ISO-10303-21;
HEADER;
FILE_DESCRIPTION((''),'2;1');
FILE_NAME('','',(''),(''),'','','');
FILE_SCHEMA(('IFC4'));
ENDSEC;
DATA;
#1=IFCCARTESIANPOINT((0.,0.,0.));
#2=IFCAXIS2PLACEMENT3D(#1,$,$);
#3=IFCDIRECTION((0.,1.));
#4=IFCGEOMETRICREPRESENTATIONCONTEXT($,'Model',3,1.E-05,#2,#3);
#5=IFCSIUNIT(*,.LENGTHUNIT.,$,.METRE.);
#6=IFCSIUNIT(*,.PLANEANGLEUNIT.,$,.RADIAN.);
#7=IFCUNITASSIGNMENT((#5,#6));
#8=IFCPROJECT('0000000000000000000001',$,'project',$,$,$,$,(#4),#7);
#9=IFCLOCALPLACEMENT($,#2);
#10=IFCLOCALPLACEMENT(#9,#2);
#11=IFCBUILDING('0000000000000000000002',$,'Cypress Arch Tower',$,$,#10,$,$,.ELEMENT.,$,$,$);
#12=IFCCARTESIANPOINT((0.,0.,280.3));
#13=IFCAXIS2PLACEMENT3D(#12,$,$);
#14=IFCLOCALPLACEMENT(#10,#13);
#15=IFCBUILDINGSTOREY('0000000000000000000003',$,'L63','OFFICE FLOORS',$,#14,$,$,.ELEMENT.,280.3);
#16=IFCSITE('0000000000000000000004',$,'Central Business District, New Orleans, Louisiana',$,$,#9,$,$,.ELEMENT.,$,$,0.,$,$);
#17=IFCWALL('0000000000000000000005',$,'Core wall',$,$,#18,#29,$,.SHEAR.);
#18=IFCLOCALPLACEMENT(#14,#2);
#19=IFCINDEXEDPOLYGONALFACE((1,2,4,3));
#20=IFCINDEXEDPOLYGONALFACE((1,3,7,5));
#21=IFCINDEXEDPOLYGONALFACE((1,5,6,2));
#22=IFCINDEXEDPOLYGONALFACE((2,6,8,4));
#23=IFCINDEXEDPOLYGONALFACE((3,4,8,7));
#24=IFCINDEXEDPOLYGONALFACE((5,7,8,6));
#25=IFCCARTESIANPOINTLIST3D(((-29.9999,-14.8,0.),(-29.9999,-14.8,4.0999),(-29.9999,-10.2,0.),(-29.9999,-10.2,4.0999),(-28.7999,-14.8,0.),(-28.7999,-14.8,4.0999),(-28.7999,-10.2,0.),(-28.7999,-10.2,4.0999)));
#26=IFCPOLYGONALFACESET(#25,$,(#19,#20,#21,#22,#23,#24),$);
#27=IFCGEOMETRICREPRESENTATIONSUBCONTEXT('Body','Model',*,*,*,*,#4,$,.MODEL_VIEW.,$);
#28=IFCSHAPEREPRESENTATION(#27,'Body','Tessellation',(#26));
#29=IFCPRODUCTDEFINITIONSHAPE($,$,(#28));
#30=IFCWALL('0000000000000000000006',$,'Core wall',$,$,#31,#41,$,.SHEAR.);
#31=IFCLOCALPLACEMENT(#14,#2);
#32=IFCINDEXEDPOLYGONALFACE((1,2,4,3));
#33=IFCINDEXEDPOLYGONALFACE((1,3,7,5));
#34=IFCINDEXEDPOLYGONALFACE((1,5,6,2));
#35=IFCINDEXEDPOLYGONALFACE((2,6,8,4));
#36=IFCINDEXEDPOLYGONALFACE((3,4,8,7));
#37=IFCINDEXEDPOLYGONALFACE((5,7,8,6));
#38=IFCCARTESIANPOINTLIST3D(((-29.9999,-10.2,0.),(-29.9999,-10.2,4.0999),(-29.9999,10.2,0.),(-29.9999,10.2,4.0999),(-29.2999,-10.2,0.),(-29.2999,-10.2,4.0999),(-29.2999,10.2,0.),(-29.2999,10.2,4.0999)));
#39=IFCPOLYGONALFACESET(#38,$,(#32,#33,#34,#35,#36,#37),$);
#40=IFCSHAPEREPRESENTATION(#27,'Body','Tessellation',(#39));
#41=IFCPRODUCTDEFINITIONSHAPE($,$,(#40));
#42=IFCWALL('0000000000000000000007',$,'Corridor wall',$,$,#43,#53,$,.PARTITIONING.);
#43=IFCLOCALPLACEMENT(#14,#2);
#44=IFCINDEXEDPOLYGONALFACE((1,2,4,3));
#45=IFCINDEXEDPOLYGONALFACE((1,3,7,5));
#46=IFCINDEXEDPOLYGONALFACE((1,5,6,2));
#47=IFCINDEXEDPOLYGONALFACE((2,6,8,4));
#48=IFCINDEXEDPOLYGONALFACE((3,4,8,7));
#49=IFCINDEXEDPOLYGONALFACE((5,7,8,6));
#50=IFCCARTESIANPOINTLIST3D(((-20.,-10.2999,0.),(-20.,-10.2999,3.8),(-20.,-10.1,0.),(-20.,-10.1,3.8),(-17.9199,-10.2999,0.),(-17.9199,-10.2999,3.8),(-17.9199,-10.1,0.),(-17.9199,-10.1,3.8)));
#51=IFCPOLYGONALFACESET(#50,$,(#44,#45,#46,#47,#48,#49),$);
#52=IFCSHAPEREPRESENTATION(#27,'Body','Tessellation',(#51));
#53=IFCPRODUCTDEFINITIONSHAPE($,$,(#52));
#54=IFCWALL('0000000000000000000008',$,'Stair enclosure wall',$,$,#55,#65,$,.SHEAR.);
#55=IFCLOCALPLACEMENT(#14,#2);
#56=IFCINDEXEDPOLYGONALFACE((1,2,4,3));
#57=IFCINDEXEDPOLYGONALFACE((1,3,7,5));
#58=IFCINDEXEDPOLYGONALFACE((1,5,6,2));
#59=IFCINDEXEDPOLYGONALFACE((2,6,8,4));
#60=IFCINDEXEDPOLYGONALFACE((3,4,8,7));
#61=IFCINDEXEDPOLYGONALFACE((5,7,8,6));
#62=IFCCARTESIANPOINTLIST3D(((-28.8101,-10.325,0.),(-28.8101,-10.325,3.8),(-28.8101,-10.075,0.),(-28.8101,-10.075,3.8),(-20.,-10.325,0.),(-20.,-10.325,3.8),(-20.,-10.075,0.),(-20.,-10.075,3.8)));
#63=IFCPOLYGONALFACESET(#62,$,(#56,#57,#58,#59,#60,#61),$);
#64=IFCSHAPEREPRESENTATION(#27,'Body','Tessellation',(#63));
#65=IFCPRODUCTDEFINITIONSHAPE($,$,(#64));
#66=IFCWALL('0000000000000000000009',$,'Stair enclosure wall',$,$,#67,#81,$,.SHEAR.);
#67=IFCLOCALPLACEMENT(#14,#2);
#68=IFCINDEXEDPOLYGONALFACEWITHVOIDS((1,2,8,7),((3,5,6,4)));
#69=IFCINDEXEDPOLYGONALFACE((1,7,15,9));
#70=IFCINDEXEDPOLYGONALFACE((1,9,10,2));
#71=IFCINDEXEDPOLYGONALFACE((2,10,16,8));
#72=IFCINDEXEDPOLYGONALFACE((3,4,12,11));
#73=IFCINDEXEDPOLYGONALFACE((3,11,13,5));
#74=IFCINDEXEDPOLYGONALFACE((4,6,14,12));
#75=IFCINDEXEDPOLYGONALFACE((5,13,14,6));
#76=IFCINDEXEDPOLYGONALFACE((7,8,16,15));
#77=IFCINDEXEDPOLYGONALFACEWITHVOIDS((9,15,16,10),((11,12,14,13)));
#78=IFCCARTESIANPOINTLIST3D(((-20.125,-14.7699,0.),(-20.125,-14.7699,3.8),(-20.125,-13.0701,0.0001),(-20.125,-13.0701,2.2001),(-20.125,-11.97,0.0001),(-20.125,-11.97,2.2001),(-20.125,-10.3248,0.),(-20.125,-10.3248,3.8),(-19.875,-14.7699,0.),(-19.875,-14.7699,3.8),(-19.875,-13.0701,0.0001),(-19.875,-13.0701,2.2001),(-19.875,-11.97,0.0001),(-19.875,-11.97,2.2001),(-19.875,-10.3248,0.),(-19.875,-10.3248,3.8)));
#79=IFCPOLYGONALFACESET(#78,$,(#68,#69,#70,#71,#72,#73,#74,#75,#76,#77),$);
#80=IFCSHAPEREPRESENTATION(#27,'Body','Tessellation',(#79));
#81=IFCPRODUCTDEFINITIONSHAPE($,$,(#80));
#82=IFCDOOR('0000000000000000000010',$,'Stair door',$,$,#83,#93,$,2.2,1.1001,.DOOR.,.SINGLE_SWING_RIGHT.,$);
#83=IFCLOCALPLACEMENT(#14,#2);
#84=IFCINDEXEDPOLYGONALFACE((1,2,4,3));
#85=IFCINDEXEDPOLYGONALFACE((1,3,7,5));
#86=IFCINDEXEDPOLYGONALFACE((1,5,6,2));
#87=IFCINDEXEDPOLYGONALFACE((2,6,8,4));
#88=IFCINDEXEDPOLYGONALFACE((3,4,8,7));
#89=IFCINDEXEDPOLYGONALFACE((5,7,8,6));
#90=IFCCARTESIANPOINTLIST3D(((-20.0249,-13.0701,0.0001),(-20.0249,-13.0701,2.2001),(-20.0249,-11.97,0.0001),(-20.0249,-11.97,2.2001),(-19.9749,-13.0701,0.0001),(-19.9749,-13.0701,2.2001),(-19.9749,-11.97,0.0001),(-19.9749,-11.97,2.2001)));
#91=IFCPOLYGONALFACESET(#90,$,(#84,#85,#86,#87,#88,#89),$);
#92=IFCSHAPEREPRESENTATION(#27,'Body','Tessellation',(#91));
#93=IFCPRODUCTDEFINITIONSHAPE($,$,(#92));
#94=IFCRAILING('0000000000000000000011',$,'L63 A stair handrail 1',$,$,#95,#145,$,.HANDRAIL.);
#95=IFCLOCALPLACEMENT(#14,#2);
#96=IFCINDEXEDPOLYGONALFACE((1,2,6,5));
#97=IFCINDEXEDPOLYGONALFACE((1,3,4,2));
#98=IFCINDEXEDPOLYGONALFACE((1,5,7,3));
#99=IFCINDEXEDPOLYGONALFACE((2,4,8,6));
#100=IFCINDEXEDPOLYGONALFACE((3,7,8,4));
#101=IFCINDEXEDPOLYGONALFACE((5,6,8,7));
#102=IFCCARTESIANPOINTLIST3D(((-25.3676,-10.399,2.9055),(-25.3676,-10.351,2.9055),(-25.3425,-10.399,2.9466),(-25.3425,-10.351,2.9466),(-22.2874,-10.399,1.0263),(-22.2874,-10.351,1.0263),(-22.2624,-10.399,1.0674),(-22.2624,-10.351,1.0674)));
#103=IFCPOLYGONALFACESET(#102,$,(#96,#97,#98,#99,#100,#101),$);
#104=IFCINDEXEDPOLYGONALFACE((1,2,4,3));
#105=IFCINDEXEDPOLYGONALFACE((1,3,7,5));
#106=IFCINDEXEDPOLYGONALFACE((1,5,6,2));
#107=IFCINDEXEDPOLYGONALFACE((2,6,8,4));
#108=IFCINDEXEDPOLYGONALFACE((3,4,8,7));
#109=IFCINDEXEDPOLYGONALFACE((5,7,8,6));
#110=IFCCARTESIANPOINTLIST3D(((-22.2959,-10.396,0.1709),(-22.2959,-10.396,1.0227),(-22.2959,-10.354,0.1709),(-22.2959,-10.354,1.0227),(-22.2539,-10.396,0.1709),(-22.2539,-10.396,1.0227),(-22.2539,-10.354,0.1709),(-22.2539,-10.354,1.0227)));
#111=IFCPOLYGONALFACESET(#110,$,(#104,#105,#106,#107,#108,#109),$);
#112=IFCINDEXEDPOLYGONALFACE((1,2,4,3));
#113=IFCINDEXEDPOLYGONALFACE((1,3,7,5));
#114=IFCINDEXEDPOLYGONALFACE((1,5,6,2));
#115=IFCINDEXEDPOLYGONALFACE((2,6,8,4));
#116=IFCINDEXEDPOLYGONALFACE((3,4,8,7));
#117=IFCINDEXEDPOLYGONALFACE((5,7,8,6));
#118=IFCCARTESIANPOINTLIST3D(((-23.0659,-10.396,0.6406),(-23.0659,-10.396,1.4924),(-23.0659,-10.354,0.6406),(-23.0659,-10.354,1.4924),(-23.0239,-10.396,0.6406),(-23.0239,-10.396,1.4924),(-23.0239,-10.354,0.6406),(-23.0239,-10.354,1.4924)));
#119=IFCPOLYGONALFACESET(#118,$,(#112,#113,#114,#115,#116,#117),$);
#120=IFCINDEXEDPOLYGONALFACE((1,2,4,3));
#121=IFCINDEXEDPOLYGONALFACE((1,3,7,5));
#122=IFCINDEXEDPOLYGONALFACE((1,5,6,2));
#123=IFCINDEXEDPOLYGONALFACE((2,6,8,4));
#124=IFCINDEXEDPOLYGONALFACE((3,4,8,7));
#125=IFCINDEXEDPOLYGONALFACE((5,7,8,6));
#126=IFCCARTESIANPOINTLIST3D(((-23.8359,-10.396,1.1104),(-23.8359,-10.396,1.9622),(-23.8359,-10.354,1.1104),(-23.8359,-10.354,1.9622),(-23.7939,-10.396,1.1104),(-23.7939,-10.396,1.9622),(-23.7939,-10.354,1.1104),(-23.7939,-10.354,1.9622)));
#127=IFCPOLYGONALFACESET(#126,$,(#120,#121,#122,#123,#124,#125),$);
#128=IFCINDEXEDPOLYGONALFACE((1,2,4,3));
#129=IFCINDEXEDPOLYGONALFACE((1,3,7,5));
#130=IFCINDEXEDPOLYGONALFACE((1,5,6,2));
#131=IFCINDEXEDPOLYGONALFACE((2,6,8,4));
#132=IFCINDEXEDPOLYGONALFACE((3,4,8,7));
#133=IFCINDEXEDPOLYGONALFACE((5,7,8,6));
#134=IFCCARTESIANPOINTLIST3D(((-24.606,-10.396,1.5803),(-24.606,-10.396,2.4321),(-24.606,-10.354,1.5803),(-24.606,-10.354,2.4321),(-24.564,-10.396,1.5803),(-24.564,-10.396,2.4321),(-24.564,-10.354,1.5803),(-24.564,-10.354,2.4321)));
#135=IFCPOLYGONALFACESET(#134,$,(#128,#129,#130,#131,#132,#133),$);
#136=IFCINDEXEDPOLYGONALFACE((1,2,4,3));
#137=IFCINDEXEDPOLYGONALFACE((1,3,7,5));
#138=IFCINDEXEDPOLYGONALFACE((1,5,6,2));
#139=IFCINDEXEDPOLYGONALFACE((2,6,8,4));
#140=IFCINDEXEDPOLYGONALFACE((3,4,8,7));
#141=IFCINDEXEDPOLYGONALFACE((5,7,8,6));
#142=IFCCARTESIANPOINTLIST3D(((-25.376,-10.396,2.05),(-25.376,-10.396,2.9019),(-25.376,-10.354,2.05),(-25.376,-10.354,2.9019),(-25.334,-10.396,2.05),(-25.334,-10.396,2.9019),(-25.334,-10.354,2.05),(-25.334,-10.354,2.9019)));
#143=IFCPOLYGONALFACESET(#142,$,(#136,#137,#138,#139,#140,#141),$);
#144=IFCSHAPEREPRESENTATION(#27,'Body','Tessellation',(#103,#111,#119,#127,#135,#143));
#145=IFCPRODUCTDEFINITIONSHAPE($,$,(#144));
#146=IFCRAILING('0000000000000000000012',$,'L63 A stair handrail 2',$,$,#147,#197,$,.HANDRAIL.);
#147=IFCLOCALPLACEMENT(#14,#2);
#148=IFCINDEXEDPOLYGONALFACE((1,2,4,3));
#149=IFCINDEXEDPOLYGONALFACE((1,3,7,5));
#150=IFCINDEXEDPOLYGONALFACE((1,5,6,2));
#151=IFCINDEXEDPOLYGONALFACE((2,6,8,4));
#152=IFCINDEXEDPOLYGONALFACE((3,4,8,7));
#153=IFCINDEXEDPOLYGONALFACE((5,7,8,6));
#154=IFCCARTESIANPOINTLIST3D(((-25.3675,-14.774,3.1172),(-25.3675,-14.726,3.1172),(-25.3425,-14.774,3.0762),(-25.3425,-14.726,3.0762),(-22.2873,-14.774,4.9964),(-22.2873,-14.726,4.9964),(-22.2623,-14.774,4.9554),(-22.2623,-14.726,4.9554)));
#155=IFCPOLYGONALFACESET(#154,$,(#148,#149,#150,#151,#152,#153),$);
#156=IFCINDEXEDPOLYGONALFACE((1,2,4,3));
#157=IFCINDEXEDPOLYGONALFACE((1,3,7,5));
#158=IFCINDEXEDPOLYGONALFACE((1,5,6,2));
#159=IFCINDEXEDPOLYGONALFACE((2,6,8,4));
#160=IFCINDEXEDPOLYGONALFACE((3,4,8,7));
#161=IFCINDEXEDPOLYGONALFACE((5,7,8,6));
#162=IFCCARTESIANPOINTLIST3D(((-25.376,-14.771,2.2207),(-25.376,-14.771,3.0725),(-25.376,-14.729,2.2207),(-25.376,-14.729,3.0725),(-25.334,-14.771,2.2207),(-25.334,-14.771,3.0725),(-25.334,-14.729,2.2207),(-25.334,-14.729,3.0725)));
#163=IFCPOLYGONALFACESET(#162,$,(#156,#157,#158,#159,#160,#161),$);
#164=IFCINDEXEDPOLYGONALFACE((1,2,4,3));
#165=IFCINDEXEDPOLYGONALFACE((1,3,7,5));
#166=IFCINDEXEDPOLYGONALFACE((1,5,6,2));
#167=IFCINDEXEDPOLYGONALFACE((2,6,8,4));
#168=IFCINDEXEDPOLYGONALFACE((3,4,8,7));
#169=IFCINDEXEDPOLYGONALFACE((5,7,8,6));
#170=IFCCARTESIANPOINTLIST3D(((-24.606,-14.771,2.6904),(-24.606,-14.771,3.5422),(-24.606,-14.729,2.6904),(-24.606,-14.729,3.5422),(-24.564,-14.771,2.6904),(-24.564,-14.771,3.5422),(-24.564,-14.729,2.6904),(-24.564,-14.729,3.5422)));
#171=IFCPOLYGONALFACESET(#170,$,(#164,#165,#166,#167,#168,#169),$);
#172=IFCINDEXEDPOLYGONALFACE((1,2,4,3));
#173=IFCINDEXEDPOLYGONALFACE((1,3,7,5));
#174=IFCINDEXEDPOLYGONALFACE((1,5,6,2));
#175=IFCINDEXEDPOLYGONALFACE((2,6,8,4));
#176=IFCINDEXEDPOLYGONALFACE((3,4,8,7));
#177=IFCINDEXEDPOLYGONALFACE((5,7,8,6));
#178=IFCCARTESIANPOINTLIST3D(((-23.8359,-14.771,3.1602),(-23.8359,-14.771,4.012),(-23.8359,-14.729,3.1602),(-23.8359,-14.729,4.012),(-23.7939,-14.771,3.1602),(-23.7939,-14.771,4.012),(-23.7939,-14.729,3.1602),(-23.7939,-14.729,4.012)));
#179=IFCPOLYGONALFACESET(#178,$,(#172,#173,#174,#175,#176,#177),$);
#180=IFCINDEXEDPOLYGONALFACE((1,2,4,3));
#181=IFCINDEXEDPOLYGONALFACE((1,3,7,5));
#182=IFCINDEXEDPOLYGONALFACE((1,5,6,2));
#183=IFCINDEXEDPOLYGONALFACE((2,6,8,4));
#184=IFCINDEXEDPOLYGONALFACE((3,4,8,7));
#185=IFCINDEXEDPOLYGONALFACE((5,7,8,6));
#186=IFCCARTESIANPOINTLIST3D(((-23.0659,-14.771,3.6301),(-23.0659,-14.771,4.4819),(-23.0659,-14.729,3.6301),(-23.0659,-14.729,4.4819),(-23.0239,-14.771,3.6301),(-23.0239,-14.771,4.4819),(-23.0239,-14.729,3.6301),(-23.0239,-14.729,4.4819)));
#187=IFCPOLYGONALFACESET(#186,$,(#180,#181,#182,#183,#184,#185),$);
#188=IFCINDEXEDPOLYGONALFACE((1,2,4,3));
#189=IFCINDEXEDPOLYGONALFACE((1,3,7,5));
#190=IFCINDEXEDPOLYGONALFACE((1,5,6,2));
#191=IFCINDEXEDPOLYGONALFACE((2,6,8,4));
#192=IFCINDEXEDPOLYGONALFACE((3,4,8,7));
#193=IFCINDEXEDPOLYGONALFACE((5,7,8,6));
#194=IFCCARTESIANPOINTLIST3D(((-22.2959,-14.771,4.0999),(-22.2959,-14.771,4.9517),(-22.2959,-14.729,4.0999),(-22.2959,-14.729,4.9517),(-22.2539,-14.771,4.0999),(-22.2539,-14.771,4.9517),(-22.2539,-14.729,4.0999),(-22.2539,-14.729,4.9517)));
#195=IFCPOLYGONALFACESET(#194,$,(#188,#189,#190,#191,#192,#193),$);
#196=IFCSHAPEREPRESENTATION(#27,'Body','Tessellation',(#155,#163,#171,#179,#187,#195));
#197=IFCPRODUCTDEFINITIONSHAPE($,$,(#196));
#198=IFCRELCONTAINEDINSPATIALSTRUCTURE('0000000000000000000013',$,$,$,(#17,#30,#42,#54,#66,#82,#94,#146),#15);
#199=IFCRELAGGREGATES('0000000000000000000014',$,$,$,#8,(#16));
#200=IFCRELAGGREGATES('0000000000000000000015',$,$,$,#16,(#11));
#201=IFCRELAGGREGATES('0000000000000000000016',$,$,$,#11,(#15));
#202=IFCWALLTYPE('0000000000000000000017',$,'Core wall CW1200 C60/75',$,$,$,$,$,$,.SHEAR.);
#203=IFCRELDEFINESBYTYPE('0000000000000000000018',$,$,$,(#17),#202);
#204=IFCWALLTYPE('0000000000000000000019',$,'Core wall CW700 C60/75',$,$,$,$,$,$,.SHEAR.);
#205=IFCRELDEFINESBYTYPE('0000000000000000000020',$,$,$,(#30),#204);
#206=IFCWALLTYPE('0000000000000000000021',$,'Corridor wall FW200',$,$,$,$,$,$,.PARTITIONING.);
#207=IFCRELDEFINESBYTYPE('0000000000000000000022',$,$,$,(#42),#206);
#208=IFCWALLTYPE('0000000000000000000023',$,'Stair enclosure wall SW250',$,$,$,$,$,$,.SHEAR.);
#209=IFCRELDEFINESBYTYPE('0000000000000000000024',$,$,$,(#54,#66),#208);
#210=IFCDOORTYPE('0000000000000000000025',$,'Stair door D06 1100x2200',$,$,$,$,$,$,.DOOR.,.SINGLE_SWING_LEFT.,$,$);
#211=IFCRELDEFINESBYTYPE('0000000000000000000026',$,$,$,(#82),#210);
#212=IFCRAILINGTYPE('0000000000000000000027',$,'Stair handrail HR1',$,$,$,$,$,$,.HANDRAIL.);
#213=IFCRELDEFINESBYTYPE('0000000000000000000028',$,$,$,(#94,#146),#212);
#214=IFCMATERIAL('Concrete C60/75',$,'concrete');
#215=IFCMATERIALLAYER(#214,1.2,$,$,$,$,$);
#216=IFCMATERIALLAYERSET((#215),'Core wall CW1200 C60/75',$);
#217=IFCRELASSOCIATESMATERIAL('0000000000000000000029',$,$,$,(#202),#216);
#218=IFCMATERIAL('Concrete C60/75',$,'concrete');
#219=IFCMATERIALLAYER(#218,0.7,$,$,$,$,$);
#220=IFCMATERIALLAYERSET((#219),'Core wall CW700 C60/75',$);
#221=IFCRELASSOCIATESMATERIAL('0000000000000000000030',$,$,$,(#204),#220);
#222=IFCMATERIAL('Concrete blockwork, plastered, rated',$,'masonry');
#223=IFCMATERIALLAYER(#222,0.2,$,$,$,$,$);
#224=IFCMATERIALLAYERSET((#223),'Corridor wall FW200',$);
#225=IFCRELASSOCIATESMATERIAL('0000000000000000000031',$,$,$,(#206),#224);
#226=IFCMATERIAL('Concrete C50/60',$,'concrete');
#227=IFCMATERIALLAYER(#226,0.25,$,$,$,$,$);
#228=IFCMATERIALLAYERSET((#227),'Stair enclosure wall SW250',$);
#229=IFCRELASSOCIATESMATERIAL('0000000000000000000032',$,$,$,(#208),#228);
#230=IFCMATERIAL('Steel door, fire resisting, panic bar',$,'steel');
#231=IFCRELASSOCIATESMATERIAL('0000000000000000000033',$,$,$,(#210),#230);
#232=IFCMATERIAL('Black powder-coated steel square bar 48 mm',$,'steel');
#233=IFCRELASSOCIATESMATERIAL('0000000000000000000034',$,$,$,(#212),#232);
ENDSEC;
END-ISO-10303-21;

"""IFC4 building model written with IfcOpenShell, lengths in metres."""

from ifc_helpers import new_model, si_unit, direction, frame, frame_2d, origin, origin_2d, place, context, subcontext, project, spatial, rectangle, extrude, material, layer, layer_set, type_object, element, fill, save


model = new_model("IFC4")

# Units and contexts
model_context = context("Model", 3, precision=1e-05, world=origin(), true_north=direction((0.0, 1.0)))
body_context = subcontext(model_context, "Body", "Model", "MODEL_VIEW")
ifc_project = project(units=[si_unit("LENGTHUNIT", "METRE"), si_unit("PLANEANGLEUNIT", "RADIAN")], contexts=[model_context])

# Site, building, storey
site_placement = place(None, origin())
site = spatial("IfcSite", under=ifc_project, at=site_placement, Name="Central Business District, New Orleans, Louisiana", CompositionType="ELEMENT", RefElevation=0.0)
building_placement = place(site_placement, origin())
building = spatial("IfcBuilding", under=site, at=building_placement, Name="Cypress Arch Tower", CompositionType="ELEMENT")
storey_placement = place(building_placement, frame((0.0, 0.0, 280.3)))
storey = spatial("IfcBuildingStorey", under=building, at=storey_placement, Name="L63", Description="OFFICE FLOORS", CompositionType="ELEMENT", Elevation=280.3)

# Walls
ifc_material_1 = material(Name="Concrete C60/75", Category="concrete")
ifc_layer_1 = layer(ifc_material_1, 1.2)
ifc_layer_set_1 = layer_set([ifc_layer_1], Name="Core wall CW1200 C60/75")
wall_type_1 = type_object("IfcWallType", Name="Core wall CW1200 C60/75", PredefinedType="SHEAR", material=ifc_layer_set_1)
wall_1_placement = place(storey_placement, frame((-29.3999, -14.8, 0.0), z_axis=(0.0, 0.0, 1.0), x_axis=(0.0, 1.0, 0.0)))
element("IfcWall", 1, at=wall_1_placement, inside=storey, type_object=wall_type_1, Name="Core wall", PredefinedType="SHEAR", context=body_context, shape_type="SweptSolid", body=[
    extrude(rectangle(XDim=4.6001, YDim=1.2, at=frame_2d((2.3, 0.0))), origin(), (0.0, 0.0, 1.0), 4.0999),
])
ifc_material_2 = material(Name="Concrete C60/75", Category="concrete")
ifc_layer_2 = layer(ifc_material_2, 0.7)
ifc_layer_set_2 = layer_set([ifc_layer_2], Name="Core wall CW700 C60/75")
wall_type_2 = type_object("IfcWallType", Name="Core wall CW700 C60/75", PredefinedType="SHEAR", material=ifc_layer_set_2)
wall_2_placement = place(storey_placement, frame((-29.6499, -10.2, 0.0), z_axis=(0.0, 0.0, 1.0), x_axis=(0.0, 1.0, 0.0)))
element("IfcWall", 2, at=wall_2_placement, inside=storey, type_object=wall_type_2, Name="Core wall", PredefinedType="SHEAR", context=body_context, shape_type="SweptSolid", body=[
    extrude(rectangle(XDim=20.3999, YDim=0.7, at=frame_2d((10.2, 0.0))), origin(), (0.0, 0.0, 1.0), 4.0999),
])
ifc_material_3 = material(Name="Concrete blockwork, plastered, rated", Category="masonry")
ifc_layer_3 = layer(ifc_material_3, 0.2)
ifc_layer_set_3 = layer_set([ifc_layer_3], Name="Corridor wall FW200")
wall_type_3 = type_object("IfcWallType", Name="Corridor wall FW200", PredefinedType="PARTITIONING", material=ifc_layer_set_3)
wall_3_placement = place(storey_placement, frame((-20.0, -10.2, 0.0), z_axis=(0.0, 0.0, 1.0), x_axis=(1.0, 0.0, 0.0)))
element("IfcWall", 3, at=wall_3_placement, inside=storey, type_object=wall_type_3, Name="Corridor wall", PredefinedType="PARTITIONING", context=body_context, shape_type="SweptSolid", body=[
    extrude(rectangle(XDim=2.0801, YDim=0.2, at=frame_2d((1.04, 0.0))), origin(), (0.0, 0.0, 1.0), 3.8),
])
ifc_material_4 = material(Name="Concrete C50/60", Category="concrete")
ifc_layer_4 = layer(ifc_material_4, 0.25)
ifc_layer_set_4 = layer_set([ifc_layer_4], Name="Stair enclosure wall SW250")
wall_type_4 = type_object("IfcWallType", Name="Stair enclosure wall SW250", PredefinedType="SHEAR", material=ifc_layer_set_4)
wall_4_placement = place(storey_placement, frame((-28.8101, -10.2, 0.0), z_axis=(0.0, 0.0, 1.0), x_axis=(1.0, 0.0, 0.0)))
element("IfcWall", 4, at=wall_4_placement, inside=storey, type_object=wall_type_4, Name="Stair enclosure wall", PredefinedType="SHEAR", context=body_context, shape_type="SweptSolid", body=[
    extrude(rectangle(XDim=8.8101, YDim=0.25, at=frame_2d((4.405, 0.0))), origin(), (0.0, 0.0, 1.0), 3.8),
])

# Wall, opening, door
wall_5_placement = place(storey_placement, frame((-20.0, -14.77, 0.0), z_axis=(0.0, 0.0, 1.0), x_axis=(0.0, 1.0, 0.0)))
wall_5 = element("IfcWall", 5, at=wall_5_placement, inside=storey, type_object=wall_type_4, Name="Stair enclosure wall", PredefinedType="SHEAR", context=body_context, shape_type="SweptSolid", body=[
    extrude(rectangle(XDim=4.4451, YDim=0.25, at=frame_2d((2.2227, 0.0))), origin(), (0.0, 0.0, 1.0), 3.8),
])
opening_1_placement = place(wall_5_placement, frame((1.7, 0.0, 0.0)))
opening_1 = element("IfcOpeningElement", 6, at=opening_1_placement, cuts=wall_5, PredefinedType="OPENING", context=body_context, shape_type="SweptSolid", body=[
    extrude(rectangle(XDim=1.1001, YDim=2.2, at=frame_2d((0.55, 1.1001))), frame((0.0, 0.135, 0.0), z_axis=(0.0, -1.0, 0.0), x_axis=(1.0, 0.0, 0.0)), (0.0, 0.0, 1.0), 0.27),
])
ifc_material_5 = material(Name="Steel door, fire resisting, panic bar", Category="steel")
door_type = type_object("IfcDoorType", Name="Stair door D06 1100x2200", OperationType="SINGLE_SWING_LEFT", PredefinedType="DOOR", material=ifc_material_5)
door_placement = place(opening_1_placement, origin())
door = element("IfcDoor", 7, at=door_placement, inside=storey, type_object=door_type, Name="Stair door", OperationType="SINGLE_SWING_RIGHT", OverallHeight=2.2, OverallWidth=1.1001, PredefinedType="DOOR", context=body_context, shape_type="SweptSolid", body=[
    extrude(rectangle(XDim=1.1001, YDim=2.2, at=frame_2d((0.55, 1.1001))), frame((0.0, 0.0249, 0.0), z_axis=(0.0, -1.0, 0.0), x_axis=(1.0, 0.0, 0.0)), (0.0, 0.0, 1.0), 0.05),
])
fill(opening_1, door)

# Railings
ifc_material_6 = material(Name="Black powder-coated steel square bar 48 mm", Category="steel")
railing_type_1 = type_object("IfcRailingType", Name="Stair handrail HR1", PredefinedType="HANDRAIL", material=ifc_material_6)
railing_1_placement = place(storey_placement, frame((-22.2749, -10.375, 0.1709)))
element("IfcRailing", 8, at=railing_1_placement, inside=storey, type_object=railing_type_1, Name="L63 A stair handrail 1", PredefinedType="HANDRAIL", context=body_context, shape_type="SweptSolid", body=[
    extrude(rectangle(XDim=0.0481, YDim=0.0481, at=origin_2d()), frame((0.0, 0.0, 0.876), z_axis=(-0.853666, 0.0, 0.52082), x_axis=(0.0, -1.0, 0.0)), (0.0, 0.0, 1.0), 3.6082),
    extrude(rectangle(XDim=0.042, YDim=0.042, at=origin_2d()), origin(), (0.0, 0.0, 1.0), 0.8518),
    extrude(rectangle(XDim=0.042, YDim=0.042, at=origin_2d()), frame((-0.77, 0.0, 0.4697)), (0.0, 0.0, 1.0), 0.8518),
    extrude(rectangle(XDim=0.042, YDim=0.042, at=origin_2d()), frame((-1.54, 0.0, 0.9395)), (0.0, 0.0, 1.0), 0.8518),
    extrude(rectangle(XDim=0.042, YDim=0.042, at=origin_2d()), frame((-2.3101, 0.0, 1.4094)), (0.0, 0.0, 1.0), 0.8518),
    extrude(rectangle(XDim=0.042, YDim=0.042, at=origin_2d()), frame((-3.0801, 0.0, 1.8792)), (0.0, 0.0, 1.0), 0.8518),
])
railing_2_placement = place(storey_placement, frame((-25.355, -14.75, 2.2207)))
element("IfcRailing", 9, at=railing_2_placement, inside=storey, type_object=railing_type_1, Name="L63 A stair handrail 2", PredefinedType="HANDRAIL", context=body_context, shape_type="SweptSolid", body=[
    extrude(rectangle(XDim=0.0481, YDim=0.0481, at=origin_2d()), frame((0.0, 0.0, 0.876), z_axis=(0.853666, 0.0, 0.52082), x_axis=(0.0, 1.0, 0.0)), (0.0, 0.0, 1.0), 3.6082),
    extrude(rectangle(XDim=0.042, YDim=0.042, at=origin_2d()), origin(), (0.0, 0.0, 1.0), 0.8518),
    extrude(rectangle(XDim=0.042, YDim=0.042, at=origin_2d()), frame((0.77, 0.0, 0.4697)), (0.0, 0.0, 1.0), 0.8518),
    extrude(rectangle(XDim=0.042, YDim=0.042, at=origin_2d()), frame((1.54, 0.0, 0.9395)), (0.0, 0.0, 1.0), 0.8518),
    extrude(rectangle(XDim=0.042, YDim=0.042, at=origin_2d()), frame((2.3101, 0.0, 1.4094)), (0.0, 0.0, 1.0), 0.8518),
    extrude(rectangle(XDim=0.042, YDim=0.042, at=origin_2d()), frame((3.0801, 0.0, 1.8792)), (0.0, 0.0, 1.0), 0.8518),
])

save(model, "model.ifc")
